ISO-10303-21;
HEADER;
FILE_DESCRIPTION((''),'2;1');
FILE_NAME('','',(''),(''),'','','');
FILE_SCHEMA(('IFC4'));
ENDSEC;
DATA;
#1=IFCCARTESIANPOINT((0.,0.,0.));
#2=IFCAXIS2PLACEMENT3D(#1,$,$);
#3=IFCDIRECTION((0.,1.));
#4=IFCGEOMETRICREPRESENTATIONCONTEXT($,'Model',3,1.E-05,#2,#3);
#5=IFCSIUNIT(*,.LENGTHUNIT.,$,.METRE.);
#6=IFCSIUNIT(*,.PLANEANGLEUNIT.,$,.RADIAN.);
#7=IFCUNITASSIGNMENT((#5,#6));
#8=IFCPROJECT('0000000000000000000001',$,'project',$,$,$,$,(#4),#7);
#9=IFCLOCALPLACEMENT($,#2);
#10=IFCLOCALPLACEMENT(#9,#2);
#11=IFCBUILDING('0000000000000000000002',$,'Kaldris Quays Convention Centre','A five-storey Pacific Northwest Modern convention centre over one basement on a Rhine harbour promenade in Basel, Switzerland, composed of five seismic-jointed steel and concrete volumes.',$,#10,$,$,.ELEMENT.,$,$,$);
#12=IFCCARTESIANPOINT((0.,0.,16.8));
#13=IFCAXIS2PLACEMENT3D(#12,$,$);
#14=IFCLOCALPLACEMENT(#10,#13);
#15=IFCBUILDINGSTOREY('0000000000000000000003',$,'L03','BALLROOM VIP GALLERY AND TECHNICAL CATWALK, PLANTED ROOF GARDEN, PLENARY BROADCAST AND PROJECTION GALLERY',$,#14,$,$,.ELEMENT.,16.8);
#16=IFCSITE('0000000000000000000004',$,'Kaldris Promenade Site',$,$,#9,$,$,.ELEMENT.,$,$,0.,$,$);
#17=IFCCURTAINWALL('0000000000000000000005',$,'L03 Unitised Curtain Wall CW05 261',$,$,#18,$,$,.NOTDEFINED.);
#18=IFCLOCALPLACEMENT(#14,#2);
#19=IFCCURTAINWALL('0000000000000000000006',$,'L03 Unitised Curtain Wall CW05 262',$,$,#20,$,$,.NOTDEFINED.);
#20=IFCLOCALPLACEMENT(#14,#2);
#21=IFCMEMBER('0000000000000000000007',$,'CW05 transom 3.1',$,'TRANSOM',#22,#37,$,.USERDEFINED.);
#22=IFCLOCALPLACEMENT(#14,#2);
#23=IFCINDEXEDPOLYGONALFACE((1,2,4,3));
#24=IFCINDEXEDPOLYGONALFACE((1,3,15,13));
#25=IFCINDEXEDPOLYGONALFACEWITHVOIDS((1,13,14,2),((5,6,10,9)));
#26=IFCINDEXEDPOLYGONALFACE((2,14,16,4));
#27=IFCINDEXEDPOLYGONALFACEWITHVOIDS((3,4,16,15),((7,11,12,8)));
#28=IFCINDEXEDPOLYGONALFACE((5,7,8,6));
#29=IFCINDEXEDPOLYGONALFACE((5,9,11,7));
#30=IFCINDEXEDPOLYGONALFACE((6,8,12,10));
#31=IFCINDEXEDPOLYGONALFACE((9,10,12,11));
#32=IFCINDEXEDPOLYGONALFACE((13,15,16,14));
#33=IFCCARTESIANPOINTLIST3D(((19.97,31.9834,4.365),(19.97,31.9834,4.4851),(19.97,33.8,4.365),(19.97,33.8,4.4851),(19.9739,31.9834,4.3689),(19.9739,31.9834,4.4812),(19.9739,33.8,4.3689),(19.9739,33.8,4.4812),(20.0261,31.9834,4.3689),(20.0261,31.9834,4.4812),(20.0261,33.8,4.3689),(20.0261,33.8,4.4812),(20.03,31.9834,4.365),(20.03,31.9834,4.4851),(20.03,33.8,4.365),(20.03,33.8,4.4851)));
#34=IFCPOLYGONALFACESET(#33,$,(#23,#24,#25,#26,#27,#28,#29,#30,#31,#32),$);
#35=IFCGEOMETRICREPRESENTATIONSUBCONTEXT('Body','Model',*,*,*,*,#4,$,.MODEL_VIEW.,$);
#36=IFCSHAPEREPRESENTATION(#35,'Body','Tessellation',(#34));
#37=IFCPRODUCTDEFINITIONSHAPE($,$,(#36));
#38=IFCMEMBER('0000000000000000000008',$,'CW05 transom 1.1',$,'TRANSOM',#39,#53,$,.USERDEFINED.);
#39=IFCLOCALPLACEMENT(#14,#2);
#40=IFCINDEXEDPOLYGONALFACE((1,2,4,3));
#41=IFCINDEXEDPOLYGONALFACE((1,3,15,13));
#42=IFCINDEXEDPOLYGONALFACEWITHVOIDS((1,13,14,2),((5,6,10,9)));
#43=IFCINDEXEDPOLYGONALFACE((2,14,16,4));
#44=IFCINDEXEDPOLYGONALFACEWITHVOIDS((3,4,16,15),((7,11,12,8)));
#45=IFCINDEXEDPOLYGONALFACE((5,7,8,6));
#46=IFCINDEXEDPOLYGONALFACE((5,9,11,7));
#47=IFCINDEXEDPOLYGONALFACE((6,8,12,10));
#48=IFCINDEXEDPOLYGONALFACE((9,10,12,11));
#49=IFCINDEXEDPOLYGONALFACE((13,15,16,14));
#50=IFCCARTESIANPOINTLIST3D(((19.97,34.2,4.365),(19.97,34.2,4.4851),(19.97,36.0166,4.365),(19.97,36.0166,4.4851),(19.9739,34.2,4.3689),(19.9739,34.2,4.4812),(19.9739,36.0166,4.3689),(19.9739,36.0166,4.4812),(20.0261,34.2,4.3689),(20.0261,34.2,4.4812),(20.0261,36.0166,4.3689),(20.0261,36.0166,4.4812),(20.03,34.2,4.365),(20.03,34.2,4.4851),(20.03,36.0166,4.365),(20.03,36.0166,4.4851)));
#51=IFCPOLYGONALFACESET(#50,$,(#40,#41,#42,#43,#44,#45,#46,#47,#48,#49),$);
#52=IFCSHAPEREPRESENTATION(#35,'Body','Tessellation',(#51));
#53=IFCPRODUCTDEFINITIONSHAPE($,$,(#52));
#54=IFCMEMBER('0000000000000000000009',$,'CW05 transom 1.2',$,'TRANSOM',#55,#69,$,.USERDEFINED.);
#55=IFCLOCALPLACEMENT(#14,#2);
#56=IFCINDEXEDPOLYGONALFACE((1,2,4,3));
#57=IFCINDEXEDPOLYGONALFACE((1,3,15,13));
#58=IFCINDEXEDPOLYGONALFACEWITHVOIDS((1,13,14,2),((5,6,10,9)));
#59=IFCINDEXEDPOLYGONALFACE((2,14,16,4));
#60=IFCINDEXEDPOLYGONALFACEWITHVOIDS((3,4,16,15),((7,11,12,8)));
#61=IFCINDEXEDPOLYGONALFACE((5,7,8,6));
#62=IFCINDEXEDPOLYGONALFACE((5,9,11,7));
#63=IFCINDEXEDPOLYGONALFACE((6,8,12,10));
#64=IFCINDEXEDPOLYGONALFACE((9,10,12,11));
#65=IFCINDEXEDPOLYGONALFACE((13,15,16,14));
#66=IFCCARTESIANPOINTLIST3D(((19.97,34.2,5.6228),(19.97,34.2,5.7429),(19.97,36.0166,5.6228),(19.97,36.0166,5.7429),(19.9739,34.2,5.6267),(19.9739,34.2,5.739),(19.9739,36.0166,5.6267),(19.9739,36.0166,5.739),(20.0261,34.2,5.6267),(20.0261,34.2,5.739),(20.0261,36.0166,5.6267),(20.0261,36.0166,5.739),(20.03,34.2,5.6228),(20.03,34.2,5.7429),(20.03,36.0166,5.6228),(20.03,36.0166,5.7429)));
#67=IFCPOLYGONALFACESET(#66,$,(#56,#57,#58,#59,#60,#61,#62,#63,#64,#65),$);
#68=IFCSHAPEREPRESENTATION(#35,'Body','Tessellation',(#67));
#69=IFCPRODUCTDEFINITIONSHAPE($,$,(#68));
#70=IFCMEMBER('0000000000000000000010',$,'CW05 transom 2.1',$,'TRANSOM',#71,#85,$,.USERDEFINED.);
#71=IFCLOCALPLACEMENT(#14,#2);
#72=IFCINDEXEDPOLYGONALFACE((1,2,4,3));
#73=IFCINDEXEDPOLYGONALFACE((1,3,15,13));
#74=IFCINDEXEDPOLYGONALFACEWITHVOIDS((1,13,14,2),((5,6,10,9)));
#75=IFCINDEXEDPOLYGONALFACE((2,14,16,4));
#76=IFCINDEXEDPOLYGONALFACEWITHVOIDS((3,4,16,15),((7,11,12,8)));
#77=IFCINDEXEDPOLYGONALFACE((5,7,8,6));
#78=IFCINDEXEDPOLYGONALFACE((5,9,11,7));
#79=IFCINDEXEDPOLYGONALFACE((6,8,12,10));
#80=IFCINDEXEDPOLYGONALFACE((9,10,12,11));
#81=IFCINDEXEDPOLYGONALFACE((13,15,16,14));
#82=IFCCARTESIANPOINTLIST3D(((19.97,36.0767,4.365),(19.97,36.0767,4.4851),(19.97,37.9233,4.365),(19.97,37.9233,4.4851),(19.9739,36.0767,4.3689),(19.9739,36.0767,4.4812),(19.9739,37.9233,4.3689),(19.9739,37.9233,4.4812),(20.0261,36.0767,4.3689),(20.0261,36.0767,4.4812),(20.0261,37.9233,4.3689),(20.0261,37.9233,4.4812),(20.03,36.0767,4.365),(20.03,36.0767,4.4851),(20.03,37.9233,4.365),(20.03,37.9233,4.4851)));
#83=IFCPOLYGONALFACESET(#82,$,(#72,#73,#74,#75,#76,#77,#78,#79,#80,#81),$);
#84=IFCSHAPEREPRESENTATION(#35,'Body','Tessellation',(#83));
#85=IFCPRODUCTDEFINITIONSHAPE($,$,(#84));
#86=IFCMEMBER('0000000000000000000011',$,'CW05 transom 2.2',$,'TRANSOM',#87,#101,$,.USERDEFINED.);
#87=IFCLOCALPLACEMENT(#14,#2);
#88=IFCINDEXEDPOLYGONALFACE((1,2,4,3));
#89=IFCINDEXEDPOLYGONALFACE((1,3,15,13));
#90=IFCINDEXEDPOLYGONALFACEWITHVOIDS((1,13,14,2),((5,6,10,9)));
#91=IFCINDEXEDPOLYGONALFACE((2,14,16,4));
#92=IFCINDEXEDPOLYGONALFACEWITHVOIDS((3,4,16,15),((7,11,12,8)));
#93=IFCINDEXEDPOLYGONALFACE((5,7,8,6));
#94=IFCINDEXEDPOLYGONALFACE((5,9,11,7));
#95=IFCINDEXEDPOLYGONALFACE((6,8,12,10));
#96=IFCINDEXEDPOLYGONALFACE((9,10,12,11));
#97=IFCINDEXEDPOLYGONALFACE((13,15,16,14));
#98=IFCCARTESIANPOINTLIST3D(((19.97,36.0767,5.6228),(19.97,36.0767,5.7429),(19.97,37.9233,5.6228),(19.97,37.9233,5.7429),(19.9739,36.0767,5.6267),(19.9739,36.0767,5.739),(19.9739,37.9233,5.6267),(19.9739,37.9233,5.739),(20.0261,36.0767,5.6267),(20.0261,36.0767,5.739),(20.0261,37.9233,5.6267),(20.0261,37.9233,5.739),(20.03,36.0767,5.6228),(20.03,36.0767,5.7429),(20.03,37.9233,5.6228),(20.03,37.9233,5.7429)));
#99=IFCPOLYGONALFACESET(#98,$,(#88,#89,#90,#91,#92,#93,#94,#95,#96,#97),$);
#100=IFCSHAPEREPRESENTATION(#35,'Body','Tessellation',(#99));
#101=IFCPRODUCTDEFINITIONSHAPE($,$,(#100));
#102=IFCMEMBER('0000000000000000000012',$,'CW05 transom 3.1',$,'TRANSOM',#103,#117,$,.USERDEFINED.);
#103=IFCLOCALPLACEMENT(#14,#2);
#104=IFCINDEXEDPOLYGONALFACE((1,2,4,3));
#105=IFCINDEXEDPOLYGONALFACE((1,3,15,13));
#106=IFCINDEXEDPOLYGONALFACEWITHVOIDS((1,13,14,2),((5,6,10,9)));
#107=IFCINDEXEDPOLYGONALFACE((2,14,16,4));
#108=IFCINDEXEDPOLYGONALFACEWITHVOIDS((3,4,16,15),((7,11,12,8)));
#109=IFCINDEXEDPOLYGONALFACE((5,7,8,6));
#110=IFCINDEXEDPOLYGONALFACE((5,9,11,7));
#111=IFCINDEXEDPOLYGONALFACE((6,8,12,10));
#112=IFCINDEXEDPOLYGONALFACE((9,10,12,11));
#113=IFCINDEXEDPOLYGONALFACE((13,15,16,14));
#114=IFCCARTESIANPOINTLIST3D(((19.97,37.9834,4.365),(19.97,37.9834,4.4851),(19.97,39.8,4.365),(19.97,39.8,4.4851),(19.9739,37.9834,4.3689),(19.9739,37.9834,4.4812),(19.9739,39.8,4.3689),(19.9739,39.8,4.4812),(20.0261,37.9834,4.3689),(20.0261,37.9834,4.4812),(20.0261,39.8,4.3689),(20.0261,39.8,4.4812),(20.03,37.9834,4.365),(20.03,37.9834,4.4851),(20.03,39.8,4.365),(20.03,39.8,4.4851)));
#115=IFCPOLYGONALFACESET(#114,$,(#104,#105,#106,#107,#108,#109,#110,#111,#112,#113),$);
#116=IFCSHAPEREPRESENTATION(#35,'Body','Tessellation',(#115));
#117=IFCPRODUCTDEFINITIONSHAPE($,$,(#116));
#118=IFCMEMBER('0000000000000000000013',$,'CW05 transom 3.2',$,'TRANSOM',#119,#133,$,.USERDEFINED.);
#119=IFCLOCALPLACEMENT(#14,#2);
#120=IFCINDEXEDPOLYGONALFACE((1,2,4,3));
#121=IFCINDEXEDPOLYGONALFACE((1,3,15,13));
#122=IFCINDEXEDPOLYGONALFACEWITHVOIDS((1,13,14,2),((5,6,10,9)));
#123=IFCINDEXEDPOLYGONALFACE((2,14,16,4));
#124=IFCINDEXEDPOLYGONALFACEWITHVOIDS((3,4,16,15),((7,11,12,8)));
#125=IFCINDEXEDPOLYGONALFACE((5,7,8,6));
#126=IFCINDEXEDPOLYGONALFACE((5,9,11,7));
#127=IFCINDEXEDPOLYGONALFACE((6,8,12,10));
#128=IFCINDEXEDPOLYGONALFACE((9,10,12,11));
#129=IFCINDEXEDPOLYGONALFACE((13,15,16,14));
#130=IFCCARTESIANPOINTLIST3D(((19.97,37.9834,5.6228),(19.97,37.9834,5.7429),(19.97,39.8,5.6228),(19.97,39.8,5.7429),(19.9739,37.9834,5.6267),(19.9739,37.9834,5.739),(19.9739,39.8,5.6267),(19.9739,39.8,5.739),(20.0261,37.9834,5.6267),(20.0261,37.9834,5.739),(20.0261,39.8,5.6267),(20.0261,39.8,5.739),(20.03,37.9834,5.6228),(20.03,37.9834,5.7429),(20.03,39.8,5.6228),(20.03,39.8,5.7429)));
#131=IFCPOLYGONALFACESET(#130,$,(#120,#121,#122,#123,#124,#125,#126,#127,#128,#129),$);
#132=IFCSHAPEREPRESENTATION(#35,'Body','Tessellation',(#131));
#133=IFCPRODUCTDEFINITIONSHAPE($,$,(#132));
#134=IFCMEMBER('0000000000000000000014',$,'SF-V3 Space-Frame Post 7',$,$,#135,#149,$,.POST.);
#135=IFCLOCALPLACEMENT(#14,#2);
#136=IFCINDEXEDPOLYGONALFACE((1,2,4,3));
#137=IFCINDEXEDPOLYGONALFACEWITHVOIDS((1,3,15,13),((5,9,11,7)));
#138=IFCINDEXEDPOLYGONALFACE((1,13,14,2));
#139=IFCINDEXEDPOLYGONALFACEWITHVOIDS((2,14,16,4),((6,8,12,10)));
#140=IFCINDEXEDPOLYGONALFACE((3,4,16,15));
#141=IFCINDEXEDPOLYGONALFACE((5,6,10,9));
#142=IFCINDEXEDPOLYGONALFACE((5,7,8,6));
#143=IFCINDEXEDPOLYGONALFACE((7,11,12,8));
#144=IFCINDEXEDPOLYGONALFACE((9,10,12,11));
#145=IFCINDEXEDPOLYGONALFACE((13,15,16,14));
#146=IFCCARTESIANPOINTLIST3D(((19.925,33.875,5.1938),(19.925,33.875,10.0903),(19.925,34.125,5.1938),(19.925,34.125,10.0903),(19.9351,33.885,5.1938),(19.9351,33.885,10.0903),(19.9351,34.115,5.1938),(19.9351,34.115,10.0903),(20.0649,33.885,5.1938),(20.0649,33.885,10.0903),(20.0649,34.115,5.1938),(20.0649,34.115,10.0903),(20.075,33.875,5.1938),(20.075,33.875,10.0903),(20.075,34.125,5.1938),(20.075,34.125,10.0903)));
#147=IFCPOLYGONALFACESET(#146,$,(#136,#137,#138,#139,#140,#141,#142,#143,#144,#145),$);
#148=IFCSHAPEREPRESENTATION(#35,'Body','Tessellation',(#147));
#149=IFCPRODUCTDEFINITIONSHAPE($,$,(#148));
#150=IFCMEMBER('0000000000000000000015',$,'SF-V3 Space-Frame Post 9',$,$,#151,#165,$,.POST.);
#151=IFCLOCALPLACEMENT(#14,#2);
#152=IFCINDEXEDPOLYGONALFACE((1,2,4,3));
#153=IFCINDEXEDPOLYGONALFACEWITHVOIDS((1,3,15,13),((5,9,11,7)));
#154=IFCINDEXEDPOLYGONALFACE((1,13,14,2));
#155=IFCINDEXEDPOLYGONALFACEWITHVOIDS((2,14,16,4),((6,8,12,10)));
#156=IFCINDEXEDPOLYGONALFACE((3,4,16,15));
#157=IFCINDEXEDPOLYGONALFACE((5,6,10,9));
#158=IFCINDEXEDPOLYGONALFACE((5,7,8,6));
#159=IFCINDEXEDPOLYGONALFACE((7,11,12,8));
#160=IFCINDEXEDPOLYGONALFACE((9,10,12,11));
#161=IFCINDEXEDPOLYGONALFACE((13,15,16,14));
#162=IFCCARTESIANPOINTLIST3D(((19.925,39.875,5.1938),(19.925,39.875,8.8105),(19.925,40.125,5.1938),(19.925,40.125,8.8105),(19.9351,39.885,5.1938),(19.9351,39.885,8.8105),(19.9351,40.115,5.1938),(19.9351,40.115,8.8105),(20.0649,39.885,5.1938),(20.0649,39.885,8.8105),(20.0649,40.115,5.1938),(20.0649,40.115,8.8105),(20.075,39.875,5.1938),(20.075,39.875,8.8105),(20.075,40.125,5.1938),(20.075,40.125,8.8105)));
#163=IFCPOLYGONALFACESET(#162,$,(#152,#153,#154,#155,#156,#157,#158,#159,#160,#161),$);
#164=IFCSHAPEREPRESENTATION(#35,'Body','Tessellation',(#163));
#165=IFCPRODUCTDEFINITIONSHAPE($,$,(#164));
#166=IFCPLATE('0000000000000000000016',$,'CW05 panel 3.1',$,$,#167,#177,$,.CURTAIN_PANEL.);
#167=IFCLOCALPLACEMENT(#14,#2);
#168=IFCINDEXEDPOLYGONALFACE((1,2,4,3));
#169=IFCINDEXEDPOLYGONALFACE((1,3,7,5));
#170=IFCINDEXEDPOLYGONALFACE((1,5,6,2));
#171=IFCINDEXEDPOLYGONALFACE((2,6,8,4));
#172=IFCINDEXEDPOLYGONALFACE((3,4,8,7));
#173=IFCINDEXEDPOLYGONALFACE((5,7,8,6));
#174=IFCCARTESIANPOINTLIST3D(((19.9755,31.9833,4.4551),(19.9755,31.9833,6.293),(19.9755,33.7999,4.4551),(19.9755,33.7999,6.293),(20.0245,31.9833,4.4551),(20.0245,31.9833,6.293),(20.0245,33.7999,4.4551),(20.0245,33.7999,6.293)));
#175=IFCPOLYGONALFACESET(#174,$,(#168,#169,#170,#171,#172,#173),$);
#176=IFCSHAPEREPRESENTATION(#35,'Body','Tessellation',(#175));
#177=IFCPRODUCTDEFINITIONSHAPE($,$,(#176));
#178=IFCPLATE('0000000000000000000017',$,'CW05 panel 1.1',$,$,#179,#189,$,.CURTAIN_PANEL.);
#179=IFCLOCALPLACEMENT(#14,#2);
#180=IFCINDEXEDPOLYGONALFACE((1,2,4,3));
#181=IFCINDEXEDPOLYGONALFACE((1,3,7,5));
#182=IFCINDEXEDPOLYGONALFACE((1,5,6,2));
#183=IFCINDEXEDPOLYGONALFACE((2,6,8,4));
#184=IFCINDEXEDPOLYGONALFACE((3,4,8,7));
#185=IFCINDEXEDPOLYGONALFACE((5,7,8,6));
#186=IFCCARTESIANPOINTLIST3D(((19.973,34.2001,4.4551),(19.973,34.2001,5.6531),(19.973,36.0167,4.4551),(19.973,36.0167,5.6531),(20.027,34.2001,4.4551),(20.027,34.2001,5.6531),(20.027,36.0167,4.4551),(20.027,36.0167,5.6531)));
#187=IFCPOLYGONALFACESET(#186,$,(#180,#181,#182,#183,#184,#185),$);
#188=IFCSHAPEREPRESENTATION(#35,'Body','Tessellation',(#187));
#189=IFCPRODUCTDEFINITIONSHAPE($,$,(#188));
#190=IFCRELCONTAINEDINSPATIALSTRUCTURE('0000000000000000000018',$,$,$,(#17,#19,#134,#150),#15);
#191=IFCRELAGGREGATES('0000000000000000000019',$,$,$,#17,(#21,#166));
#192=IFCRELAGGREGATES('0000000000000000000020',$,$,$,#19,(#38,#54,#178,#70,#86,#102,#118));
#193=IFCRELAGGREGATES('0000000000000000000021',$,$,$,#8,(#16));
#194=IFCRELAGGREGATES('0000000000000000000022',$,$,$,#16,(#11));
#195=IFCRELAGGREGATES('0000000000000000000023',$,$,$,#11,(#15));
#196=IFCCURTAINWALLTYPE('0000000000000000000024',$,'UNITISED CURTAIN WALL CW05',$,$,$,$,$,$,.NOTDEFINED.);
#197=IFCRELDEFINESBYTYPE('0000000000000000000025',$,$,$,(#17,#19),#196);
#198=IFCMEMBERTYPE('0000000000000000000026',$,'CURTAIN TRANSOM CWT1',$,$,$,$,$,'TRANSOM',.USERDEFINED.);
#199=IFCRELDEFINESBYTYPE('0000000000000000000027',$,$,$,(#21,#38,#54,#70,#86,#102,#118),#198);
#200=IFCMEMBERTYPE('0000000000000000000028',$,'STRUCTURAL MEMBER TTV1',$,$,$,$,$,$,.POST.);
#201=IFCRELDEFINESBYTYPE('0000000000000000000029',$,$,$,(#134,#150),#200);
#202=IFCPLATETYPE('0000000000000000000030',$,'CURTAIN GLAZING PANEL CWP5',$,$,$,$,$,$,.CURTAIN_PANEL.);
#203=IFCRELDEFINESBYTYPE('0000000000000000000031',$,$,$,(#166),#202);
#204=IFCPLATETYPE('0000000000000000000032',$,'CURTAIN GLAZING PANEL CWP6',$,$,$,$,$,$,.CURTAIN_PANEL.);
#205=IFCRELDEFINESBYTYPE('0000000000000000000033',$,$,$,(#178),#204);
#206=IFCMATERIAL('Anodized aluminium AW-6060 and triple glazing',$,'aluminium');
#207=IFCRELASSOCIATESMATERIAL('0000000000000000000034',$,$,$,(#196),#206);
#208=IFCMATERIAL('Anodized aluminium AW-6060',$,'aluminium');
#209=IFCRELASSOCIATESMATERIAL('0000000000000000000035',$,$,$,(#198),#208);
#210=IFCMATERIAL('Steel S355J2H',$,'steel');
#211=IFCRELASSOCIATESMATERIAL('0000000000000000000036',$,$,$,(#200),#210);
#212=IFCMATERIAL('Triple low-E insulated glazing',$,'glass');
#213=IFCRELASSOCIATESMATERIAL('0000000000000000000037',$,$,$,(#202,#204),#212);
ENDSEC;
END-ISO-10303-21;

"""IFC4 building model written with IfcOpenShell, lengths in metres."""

from ifc_helpers import new_model, si_unit, direction, frame, origin, origin_2d, place, context, subcontext, project, spatial, rectangle, hollow_rectangle, extrude, material, material_profile, profile_set, type_object, element, aggregate, save


model = new_model("IFC4")

# Units and contexts
model_context = context("Model", 3, precision=1e-05, world=origin(), true_north=direction((0.0, 1.0)))
body_context = subcontext(model_context, "Body", "Model", "MODEL_VIEW")
ifc_project = project(units=[si_unit("LENGTHUNIT", "METRE"), si_unit("PLANEANGLEUNIT", "RADIAN")], contexts=[model_context])

# Site, building, storey
site_placement = place(None, origin())
site = spatial("IfcSite", under=ifc_project, at=site_placement, Name="Kaldris Promenade Site", CompositionType="ELEMENT", RefElevation=0.0)
building_placement = place(site_placement, origin())
building = spatial("IfcBuilding", under=site, at=building_placement, Name="Kaldris Quays Convention Centre", Description="A five-storey Pacific Northwest Modern convention centre over one basement on a Rhine harbour promenade in Basel, Switzerland, composed of five seismic-jointed steel and concrete volumes.", CompositionType="ELEMENT")
storey_placement = place(building_placement, frame((0.0, 0.0, 16.8)))
storey = spatial("IfcBuildingStorey", under=building, at=storey_placement, Name="L03", Description="BALLROOM VIP GALLERY AND TECHNICAL CATWALK, PLANTED ROOF GARDEN, PLENARY BROADCAST AND PROJECTION GALLERY", CompositionType="ELEMENT", Elevation=16.8)

# Curtain walls
ifc_material_1 = material(Name="Anodized aluminium AW-6060 and triple glazing", Category="aluminium")
curtain_wall_type = type_object("IfcCurtainWallType", Name="UNITISED CURTAIN WALL CW05", PredefinedType="NOTDEFINED", material=ifc_material_1)
curtain_wall_1_placement = place(storey_placement, origin())
curtain_wall_1 = element("IfcCurtainWall", 1, at=curtain_wall_1_placement, inside=storey, type_object=curtain_wall_type, Name="L03 Unitised Curtain Wall CW05 261", PredefinedType="NOTDEFINED")
ifc_material_2 = material(Name="Anodized aluminium AW-6060", Category="aluminium")
curtain_wall_2_placement = place(storey_placement, origin())
curtain_wall_2 = element("IfcCurtainWall", 2, at=curtain_wall_2_placement, inside=storey, type_object=curtain_wall_type, Name="L03 Unitised Curtain Wall CW05 262", PredefinedType="NOTDEFINED")

# Members
ifc_material_profile_1 = material_profile(ifc_material_2, hollow_rectangle(XDim=0.0601, YDim=0.1201, WallThickness=0.0039, at=origin_2d()), Name="RHS 120x60x4")
ifc_profile_set_1 = profile_set([ifc_material_profile_1], Name="Anodized aluminium AW-6060")
member_type_1 = type_object("IfcMemberType", Name="CURTAIN TRANSOM CWT1", ElementType="TRANSOM", PredefinedType="USERDEFINED", material=ifc_profile_set_1)
member_1_placement = place(storey_placement, frame((20.0, 31.9834, 4.425), z_axis=(0.0, 1.0, 0.0), x_axis=(-1.0, 0.0, 0.0)))
member_1 = element("IfcMember", 3, at=member_1_placement, type_object=member_type_1, Name="CW05 transom 3.1", ObjectType="TRANSOM", PredefinedType="USERDEFINED", context=body_context, shape_type="SweptSolid", body=[
    extrude(hollow_rectangle(XDim=0.0601, YDim=0.1201, WallThickness=0.0039, at=origin_2d()), origin(), (0.0, 0.0, 1.0), 1.8167),
])
member_2_placement = place(storey_placement, frame((20.0, 34.2, 4.425), z_axis=(0.0, 1.0, 0.0), x_axis=(-1.0, 0.0, 0.0)))
member_2 = element("IfcMember", 4, at=member_2_placement, type_object=member_type_1, Name="CW05 transom 1.1", ObjectType="TRANSOM", PredefinedType="USERDEFINED", context=body_context, shape_type="SweptSolid", body=[
    extrude(hollow_rectangle(XDim=0.0601, YDim=0.1201, WallThickness=0.0039, at=origin_2d()), origin(), (0.0, 0.0, 1.0), 1.8167),
])
member_3_placement = place(storey_placement, frame((20.0, 34.2, 5.6829), z_axis=(0.0, 1.0, 0.0), x_axis=(-1.0, 0.0, 0.0)))
member_3 = element("IfcMember", 5, at=member_3_placement, type_object=member_type_1, Name="CW05 transom 1.2", ObjectType="TRANSOM", PredefinedType="USERDEFINED", context=body_context, shape_type="SweptSolid", body=[
    extrude(hollow_rectangle(XDim=0.0601, YDim=0.1201, WallThickness=0.0039, at=origin_2d()), origin(), (0.0, 0.0, 1.0), 1.8167),
])
member_4_placement = place(storey_placement, frame((20.0, 36.0767, 4.425), z_axis=(0.0, 1.0, 0.0), x_axis=(-1.0, 0.0, 0.0)))
member_4 = element("IfcMember", 6, at=member_4_placement, type_object=member_type_1, Name="CW05 transom 2.1", ObjectType="TRANSOM", PredefinedType="USERDEFINED", context=body_context, shape_type="SweptSolid", body=[
    extrude(hollow_rectangle(XDim=0.0601, YDim=0.1201, WallThickness=0.0039, at=origin_2d()), origin(), (0.0, 0.0, 1.0), 1.8467),
])
member_5_placement = place(storey_placement, frame((20.0, 36.0767, 5.6829), z_axis=(0.0, 1.0, 0.0), x_axis=(-1.0, 0.0, 0.0)))
member_5 = element("IfcMember", 7, at=member_5_placement, type_object=member_type_1, Name="CW05 transom 2.2", ObjectType="TRANSOM", PredefinedType="USERDEFINED", context=body_context, shape_type="SweptSolid", body=[
    extrude(hollow_rectangle(XDim=0.0601, YDim=0.1201, WallThickness=0.0039, at=origin_2d()), origin(), (0.0, 0.0, 1.0), 1.8467),
])
member_6_placement = place(storey_placement, frame((20.0, 37.9834, 4.425), z_axis=(0.0, 1.0, 0.0), x_axis=(-1.0, 0.0, 0.0)))
member_6 = element("IfcMember", 8, at=member_6_placement, type_object=member_type_1, Name="CW05 transom 3.1", ObjectType="TRANSOM", PredefinedType="USERDEFINED", context=body_context, shape_type="SweptSolid", body=[
    extrude(hollow_rectangle(XDim=0.0601, YDim=0.1201, WallThickness=0.0039, at=origin_2d()), origin(), (0.0, 0.0, 1.0), 1.8167),
])
member_7_placement = place(storey_placement, frame((20.0, 37.9834, 5.6829), z_axis=(0.0, 1.0, 0.0), x_axis=(-1.0, 0.0, 0.0)))
member_7 = element("IfcMember", 9, at=member_7_placement, type_object=member_type_1, Name="CW05 transom 3.2", ObjectType="TRANSOM", PredefinedType="USERDEFINED", context=body_context, shape_type="SweptSolid", body=[
    extrude(hollow_rectangle(XDim=0.0601, YDim=0.1201, WallThickness=0.0039, at=origin_2d()), origin(), (0.0, 0.0, 1.0), 1.8167),
])

# Members
ifc_material_3 = material(Name="Steel S355J2H", Category="steel")
ifc_material_profile_2 = material_profile(ifc_material_3, hollow_rectangle(XDim=0.1499, YDim=0.25, WallThickness=0.01, at=origin_2d()), Name="RHS 250x150x10")
ifc_profile_set_2 = profile_set([ifc_material_profile_2], Name="Steel S355J2H")
member_type_2 = type_object("IfcMemberType", Name="STRUCTURAL MEMBER TTV1", PredefinedType="POST", material=ifc_profile_set_2)
member_8_placement = place(storey_placement, frame((20.0, 34.0, 5.1938), z_axis=(0.0, 0.0, 1.0), x_axis=(1.0, 0.0, 0.0)))
element("IfcMember", 10, at=member_8_placement, inside=storey, type_object=member_type_2, Name="SF-V3 Space-Frame Post 7", PredefinedType="POST", context=body_context, shape_type="SweptSolid", body=[
    extrude(hollow_rectangle(XDim=0.1499, YDim=0.25, WallThickness=0.01, at=origin_2d()), origin(), (0.0, 0.0, 1.0), 4.8965),
])
member_9_placement = place(storey_placement, frame((20.0, 40.0, 5.1938), z_axis=(0.0, 0.0, 1.0), x_axis=(1.0, 0.0, 0.0)))
element("IfcMember", 11, at=member_9_placement, inside=storey, type_object=member_type_2, Name="SF-V3 Space-Frame Post 9", PredefinedType="POST", context=body_context, shape_type="SweptSolid", body=[
    extrude(hollow_rectangle(XDim=0.1499, YDim=0.25, WallThickness=0.01, at=origin_2d()), origin(), (0.0, 0.0, 1.0), 3.6167),
])

# Plates
ifc_material_4 = material(Name="Triple low-E insulated glazing", Category="glass")
plate_type_1 = type_object("IfcPlateType", Name="CURTAIN GLAZING PANEL CWP5", PredefinedType="CURTAIN_PANEL", material=ifc_material_4)
plate_1_placement = place(storey_placement, frame((20.0, 32.8916, 4.4551), z_axis=(0.0, 0.0, 1.0), x_axis=(0.0, 1.0, 0.0)))
plate_1 = element("IfcPlate", 12, at=plate_1_placement, type_object=plate_type_1, Name="CW05 panel 3.1", PredefinedType="CURTAIN_PANEL", context=body_context, shape_type="SweptSolid", body=[
    extrude(rectangle(XDim=1.8167, YDim=0.0491, at=origin_2d()), origin(), (0.0, 0.0, 1.0), 1.8379),
])
aggregate(curtain_wall_1, [member_1, plate_1])
plate_type_2 = type_object("IfcPlateType", Name="CURTAIN GLAZING PANEL CWP6", PredefinedType="CURTAIN_PANEL", material=ifc_material_4)
plate_2_placement = place(storey_placement, frame((20.0, 35.1084, 4.4551), z_axis=(0.0, 0.0, 1.0), x_axis=(0.0, 1.0, 0.0)))
plate_2 = element("IfcPlate", 13, at=plate_2_placement, type_object=plate_type_2, Name="CW05 panel 1.1", PredefinedType="CURTAIN_PANEL", context=body_context, shape_type="SweptSolid", body=[
    extrude(rectangle(XDim=1.8167, YDim=0.054, at=origin_2d()), origin(), (0.0, 0.0, 1.0), 1.198),
])
aggregate(curtain_wall_2, [member_2, member_3, plate_2, member_4, member_5, member_6, member_7])

save(model, "model.ifc")
